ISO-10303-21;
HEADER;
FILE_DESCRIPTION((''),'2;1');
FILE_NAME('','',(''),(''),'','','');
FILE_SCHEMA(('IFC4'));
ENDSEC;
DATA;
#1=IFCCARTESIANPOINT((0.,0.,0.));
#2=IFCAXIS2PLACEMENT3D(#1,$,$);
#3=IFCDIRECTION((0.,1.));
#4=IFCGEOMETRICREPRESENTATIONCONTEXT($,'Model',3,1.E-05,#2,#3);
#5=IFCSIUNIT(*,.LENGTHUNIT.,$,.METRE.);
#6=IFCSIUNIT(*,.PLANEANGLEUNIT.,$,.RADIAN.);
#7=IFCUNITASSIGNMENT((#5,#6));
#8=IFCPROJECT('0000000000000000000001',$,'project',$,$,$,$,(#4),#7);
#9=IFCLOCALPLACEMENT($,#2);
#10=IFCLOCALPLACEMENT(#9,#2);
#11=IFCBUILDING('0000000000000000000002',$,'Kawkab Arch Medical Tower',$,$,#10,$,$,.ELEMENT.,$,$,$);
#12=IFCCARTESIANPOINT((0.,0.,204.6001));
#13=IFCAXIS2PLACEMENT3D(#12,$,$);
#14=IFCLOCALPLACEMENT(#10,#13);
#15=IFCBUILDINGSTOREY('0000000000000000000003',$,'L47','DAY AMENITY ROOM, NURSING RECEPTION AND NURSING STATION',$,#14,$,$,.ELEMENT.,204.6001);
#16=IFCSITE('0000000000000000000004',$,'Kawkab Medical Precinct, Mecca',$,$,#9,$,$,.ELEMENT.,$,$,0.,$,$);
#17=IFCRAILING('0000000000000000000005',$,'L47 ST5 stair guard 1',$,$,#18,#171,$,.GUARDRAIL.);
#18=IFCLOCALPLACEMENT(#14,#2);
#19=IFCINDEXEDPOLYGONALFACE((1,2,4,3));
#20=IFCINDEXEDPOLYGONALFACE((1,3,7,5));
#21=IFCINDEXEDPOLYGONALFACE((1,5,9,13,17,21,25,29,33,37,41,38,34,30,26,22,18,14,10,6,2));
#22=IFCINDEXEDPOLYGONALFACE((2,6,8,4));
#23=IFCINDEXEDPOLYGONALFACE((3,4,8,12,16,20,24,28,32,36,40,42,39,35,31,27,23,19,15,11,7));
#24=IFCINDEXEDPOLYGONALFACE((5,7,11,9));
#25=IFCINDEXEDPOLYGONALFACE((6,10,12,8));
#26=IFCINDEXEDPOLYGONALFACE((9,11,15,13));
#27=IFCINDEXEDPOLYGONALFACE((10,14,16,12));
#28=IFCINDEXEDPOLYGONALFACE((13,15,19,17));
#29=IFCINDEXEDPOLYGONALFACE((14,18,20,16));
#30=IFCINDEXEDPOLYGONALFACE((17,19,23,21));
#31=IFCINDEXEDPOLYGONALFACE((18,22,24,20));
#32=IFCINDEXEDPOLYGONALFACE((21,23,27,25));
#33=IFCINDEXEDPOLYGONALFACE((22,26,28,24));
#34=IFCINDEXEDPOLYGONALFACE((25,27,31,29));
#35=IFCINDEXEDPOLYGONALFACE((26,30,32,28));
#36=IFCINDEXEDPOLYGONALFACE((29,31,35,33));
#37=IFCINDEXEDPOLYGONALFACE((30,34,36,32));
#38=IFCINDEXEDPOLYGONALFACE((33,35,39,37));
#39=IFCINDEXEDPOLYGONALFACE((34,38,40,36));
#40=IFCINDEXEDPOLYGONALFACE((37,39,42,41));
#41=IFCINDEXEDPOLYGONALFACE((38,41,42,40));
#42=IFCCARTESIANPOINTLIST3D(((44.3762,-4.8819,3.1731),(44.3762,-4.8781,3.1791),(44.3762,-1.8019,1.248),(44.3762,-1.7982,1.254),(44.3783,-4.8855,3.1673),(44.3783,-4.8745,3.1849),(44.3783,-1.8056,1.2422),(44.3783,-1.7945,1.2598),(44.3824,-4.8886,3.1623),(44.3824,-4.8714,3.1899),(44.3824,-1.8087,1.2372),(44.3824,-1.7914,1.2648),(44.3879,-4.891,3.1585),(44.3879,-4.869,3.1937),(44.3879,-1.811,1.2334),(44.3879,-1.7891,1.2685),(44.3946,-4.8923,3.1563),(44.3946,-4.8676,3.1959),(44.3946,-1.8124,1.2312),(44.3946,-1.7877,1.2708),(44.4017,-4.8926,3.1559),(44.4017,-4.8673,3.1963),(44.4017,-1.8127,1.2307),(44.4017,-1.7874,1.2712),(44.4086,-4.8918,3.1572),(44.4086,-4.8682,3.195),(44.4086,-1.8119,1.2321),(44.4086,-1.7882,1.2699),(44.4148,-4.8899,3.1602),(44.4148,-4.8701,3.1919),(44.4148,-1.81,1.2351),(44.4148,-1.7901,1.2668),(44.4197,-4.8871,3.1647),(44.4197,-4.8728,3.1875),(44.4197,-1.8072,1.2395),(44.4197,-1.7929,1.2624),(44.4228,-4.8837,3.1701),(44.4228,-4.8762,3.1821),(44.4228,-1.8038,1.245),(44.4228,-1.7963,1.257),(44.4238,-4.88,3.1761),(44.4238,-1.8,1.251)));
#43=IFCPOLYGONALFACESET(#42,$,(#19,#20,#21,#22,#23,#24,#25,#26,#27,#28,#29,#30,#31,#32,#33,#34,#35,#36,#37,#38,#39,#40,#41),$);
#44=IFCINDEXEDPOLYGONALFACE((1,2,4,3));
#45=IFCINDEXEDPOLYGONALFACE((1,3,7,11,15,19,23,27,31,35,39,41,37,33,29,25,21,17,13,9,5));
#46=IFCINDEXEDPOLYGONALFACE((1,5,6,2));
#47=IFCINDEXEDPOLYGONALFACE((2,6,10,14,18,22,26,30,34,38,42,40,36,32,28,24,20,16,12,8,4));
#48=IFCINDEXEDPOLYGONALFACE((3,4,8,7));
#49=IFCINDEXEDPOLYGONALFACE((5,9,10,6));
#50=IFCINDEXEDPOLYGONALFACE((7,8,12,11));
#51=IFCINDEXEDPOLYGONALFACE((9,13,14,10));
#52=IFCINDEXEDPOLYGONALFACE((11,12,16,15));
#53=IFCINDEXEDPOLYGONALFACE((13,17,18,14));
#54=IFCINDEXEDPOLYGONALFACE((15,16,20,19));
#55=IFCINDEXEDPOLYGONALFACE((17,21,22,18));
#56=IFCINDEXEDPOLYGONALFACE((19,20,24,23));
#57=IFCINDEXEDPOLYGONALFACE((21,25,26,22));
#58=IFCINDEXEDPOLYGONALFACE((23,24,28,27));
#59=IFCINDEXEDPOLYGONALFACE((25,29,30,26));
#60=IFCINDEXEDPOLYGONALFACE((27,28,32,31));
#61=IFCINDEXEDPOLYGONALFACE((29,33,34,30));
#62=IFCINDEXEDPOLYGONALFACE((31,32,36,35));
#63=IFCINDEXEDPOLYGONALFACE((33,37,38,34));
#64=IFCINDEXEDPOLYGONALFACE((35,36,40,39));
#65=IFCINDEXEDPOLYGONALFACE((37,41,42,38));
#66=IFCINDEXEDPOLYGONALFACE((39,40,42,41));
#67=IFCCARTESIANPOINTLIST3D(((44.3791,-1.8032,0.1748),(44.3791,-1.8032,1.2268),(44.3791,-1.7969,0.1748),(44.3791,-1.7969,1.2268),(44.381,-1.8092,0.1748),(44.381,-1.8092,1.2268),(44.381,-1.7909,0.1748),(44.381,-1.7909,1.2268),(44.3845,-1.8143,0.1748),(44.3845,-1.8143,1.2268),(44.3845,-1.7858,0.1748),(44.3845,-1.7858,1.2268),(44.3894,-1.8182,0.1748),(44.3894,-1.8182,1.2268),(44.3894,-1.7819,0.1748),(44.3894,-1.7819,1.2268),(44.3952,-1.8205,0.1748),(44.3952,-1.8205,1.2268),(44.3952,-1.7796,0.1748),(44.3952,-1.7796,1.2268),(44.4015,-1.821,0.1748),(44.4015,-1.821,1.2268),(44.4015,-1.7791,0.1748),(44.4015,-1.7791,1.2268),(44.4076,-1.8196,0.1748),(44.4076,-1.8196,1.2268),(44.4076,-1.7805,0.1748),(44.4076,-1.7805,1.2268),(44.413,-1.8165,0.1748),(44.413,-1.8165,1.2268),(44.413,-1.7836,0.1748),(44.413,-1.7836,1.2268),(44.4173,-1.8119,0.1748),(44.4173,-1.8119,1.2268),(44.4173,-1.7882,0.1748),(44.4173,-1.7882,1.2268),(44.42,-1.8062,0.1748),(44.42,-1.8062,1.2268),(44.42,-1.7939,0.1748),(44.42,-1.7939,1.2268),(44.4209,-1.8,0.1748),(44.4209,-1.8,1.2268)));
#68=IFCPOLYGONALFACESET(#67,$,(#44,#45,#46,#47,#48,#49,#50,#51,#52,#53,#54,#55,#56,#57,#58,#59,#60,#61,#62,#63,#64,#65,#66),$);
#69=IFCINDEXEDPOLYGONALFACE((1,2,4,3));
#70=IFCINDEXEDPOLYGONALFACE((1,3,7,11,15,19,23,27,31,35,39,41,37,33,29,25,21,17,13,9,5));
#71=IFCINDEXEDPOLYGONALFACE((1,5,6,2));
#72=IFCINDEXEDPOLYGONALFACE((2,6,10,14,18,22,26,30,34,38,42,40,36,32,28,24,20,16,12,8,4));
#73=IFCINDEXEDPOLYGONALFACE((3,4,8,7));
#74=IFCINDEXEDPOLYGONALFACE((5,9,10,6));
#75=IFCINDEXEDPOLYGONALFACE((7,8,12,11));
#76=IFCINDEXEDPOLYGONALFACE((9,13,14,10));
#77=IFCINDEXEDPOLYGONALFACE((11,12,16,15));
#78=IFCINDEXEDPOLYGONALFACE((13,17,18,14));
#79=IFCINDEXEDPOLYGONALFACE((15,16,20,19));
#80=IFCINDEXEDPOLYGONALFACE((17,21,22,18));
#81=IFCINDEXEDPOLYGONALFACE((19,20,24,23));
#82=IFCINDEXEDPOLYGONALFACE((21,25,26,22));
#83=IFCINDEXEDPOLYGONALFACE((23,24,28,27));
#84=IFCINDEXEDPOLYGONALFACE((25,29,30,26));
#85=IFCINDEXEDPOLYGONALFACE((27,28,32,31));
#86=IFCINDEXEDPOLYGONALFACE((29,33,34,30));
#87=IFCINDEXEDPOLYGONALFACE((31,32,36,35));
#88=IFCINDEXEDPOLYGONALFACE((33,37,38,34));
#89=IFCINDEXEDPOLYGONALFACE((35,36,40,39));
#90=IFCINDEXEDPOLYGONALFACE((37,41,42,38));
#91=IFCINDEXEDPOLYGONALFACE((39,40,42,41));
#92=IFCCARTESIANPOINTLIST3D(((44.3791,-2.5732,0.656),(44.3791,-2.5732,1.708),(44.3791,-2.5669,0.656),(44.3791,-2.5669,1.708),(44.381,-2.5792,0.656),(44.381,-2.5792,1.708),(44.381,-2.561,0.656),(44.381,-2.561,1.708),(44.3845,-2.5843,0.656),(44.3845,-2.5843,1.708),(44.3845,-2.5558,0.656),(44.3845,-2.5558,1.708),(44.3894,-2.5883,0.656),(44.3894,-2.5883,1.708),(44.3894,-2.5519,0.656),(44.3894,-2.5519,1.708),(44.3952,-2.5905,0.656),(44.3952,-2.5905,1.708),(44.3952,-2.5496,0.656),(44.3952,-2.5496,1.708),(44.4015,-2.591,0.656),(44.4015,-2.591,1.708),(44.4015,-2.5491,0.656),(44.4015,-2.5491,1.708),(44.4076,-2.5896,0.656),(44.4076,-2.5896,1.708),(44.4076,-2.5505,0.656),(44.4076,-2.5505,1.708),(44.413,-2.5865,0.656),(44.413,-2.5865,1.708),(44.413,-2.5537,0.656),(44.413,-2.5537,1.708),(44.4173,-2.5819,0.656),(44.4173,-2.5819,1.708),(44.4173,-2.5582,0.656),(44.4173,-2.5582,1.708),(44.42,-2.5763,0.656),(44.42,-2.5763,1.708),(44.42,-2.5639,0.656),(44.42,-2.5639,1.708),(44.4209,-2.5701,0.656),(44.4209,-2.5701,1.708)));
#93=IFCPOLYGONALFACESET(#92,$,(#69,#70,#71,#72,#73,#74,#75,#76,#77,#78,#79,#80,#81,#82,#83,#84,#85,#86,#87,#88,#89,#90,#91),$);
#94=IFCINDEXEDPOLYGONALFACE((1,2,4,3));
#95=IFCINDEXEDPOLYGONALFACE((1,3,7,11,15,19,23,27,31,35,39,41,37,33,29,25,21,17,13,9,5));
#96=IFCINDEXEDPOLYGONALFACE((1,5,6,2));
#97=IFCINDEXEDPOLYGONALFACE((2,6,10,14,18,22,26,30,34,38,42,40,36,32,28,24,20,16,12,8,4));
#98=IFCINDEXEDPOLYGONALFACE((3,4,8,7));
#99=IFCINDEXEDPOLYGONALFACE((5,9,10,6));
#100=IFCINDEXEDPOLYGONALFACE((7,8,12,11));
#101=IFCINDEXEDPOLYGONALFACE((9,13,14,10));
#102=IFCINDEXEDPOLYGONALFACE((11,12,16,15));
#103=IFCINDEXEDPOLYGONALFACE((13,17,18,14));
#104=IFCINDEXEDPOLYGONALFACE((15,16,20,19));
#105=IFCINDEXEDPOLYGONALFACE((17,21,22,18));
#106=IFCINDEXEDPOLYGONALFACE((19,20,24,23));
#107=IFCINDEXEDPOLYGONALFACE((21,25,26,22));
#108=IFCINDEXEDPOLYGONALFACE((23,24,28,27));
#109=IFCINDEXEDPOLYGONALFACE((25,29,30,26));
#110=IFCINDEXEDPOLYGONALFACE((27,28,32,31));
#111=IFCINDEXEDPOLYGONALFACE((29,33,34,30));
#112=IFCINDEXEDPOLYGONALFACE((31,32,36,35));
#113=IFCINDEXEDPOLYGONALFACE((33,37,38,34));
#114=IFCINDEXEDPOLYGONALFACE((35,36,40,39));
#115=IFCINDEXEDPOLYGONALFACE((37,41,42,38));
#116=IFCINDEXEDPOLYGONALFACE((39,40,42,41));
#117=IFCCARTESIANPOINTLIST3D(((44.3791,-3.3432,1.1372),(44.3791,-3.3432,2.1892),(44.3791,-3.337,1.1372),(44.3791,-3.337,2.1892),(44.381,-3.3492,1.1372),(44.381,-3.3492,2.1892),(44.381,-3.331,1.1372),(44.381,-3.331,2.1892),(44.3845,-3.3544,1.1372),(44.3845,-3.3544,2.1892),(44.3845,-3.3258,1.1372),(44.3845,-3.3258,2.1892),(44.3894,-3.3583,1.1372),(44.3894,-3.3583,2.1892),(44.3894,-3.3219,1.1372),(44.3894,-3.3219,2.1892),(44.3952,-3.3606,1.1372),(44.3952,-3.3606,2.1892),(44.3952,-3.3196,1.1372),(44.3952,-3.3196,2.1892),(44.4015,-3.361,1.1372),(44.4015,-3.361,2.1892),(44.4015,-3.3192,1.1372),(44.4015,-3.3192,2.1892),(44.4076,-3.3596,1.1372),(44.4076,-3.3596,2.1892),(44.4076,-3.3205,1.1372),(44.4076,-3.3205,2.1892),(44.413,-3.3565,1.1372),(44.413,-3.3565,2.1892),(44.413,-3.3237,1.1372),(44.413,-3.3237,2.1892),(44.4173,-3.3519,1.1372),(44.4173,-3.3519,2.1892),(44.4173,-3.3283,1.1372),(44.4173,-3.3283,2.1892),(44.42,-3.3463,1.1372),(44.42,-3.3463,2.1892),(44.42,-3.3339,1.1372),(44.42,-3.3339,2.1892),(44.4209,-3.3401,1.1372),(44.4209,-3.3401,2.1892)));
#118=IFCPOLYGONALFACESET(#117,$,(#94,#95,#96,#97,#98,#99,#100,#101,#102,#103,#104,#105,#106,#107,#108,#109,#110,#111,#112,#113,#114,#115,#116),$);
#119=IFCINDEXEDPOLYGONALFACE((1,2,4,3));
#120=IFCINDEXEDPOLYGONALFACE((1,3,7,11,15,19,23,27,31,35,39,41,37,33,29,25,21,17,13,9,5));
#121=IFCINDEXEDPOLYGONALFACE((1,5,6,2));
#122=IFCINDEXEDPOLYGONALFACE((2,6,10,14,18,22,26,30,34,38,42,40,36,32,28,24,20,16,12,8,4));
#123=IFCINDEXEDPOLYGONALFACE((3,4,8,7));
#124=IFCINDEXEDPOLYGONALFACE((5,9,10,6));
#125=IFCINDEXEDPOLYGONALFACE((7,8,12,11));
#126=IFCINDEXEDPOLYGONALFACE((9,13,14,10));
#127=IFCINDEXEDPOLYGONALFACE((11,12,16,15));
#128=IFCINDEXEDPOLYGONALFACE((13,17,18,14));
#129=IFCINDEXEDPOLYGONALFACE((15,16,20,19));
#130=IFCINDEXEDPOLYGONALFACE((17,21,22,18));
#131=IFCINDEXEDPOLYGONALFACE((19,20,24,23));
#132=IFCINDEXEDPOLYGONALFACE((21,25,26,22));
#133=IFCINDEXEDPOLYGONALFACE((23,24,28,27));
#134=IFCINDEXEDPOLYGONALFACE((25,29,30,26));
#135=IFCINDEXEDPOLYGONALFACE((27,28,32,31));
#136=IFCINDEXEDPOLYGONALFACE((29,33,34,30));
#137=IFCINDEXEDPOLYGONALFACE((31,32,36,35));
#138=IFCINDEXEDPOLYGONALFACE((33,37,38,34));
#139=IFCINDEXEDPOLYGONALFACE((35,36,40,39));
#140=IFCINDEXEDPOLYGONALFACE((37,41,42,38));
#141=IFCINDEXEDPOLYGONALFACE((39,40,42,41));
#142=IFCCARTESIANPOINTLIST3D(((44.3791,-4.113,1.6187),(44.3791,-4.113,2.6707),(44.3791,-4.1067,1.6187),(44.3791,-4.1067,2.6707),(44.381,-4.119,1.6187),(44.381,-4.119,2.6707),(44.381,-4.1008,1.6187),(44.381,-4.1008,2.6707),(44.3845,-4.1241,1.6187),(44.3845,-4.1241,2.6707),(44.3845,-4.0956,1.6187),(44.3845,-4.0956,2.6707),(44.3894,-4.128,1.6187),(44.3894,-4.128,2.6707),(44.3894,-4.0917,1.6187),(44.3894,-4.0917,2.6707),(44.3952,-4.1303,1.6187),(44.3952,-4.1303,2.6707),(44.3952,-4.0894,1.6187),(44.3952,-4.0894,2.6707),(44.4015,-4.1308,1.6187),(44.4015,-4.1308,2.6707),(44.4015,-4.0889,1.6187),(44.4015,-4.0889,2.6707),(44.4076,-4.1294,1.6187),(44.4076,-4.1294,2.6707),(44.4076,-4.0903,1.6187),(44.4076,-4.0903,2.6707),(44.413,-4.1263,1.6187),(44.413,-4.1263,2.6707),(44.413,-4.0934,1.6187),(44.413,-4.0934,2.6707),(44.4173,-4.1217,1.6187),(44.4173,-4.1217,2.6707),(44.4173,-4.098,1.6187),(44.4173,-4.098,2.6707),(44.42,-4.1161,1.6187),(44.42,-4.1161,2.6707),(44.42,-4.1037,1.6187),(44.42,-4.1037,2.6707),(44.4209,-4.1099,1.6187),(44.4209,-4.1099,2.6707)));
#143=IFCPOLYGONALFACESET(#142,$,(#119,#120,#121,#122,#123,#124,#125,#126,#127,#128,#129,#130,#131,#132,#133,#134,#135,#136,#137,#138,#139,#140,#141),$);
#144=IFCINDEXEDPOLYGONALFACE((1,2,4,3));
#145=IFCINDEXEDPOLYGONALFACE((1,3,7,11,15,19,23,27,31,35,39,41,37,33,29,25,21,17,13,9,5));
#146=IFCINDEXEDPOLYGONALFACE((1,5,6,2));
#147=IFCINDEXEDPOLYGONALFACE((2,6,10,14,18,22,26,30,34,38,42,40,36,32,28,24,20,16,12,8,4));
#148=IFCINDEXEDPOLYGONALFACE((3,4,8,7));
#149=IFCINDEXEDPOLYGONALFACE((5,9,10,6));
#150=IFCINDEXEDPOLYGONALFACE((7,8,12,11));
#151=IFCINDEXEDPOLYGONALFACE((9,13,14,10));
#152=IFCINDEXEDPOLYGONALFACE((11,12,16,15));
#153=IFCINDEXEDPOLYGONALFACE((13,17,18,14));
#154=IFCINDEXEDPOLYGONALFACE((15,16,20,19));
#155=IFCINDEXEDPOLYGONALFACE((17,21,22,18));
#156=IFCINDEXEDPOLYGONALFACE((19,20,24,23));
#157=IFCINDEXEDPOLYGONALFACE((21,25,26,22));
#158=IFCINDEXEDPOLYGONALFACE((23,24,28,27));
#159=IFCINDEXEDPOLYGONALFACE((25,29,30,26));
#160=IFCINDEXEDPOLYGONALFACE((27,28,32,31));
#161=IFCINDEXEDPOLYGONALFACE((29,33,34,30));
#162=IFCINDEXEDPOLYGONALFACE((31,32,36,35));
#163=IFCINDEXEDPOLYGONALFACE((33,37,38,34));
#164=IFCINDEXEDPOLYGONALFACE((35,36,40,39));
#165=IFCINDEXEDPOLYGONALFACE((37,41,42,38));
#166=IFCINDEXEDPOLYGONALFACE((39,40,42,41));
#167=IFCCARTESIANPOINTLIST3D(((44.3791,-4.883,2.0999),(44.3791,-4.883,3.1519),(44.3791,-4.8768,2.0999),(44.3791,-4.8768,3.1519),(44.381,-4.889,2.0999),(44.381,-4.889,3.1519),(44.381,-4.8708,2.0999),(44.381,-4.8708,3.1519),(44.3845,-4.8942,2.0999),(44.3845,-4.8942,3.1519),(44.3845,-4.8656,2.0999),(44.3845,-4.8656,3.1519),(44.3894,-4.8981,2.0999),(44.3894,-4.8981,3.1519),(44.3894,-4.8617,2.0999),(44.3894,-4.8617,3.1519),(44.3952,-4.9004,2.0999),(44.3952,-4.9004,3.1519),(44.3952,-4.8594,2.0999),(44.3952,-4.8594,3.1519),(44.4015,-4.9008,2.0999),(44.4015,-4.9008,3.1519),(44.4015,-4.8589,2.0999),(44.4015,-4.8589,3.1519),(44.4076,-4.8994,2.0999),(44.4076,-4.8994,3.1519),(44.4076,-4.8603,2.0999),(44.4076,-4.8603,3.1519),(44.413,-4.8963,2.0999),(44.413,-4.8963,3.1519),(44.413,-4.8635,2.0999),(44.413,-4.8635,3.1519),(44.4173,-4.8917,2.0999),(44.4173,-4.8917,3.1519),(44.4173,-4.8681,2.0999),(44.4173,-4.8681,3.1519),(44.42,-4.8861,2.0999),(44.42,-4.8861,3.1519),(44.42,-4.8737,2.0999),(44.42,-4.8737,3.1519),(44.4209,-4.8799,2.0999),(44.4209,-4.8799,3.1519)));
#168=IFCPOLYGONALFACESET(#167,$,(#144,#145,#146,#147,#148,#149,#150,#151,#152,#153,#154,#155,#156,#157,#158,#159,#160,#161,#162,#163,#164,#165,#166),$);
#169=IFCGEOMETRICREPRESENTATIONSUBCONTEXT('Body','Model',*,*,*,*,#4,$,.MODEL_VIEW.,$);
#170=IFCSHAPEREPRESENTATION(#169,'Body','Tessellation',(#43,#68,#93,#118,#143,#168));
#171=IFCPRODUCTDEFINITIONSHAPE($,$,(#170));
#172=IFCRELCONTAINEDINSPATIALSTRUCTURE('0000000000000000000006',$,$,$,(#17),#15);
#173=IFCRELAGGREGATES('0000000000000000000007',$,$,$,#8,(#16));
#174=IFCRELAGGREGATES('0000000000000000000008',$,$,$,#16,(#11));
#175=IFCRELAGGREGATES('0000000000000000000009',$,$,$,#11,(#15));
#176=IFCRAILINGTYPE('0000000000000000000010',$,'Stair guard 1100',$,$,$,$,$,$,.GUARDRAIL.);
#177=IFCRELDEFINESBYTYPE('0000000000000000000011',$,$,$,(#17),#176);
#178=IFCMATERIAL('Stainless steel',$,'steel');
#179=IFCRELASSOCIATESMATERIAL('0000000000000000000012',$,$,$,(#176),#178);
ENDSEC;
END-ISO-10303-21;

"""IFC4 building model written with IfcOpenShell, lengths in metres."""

from ifc_helpers import new_model, si_unit, direction, frame, origin, origin_2d, place, context, subcontext, project, spatial, circle, extrude, material, type_object, element, save


model = new_model("IFC4")

# Units and contexts
model_context = context("Model", 3, precision=1e-05, world=origin(), true_north=direction((0.0, 1.0)))
body_context = subcontext(model_context, "Body", "Model", "MODEL_VIEW")
ifc_project = project(units=[si_unit("LENGTHUNIT", "METRE"), si_unit("PLANEANGLEUNIT", "RADIAN")], contexts=[model_context])

# Site, building, storey
site_placement = place(None, origin())
site = spatial("IfcSite", under=ifc_project, at=site_placement, Name="Kawkab Medical Precinct, Mecca", CompositionType="ELEMENT", RefElevation=0.0)
building_placement = place(site_placement, origin())
building = spatial("IfcBuilding", under=site, at=building_placement, Name="Kawkab Arch Medical Tower", CompositionType="ELEMENT")
storey_placement = place(building_placement, frame((0.0, 0.0, 204.6001)))
storey = spatial("IfcBuildingStorey", under=building, at=storey_placement, Name="L47", Description="DAY AMENITY ROOM, NURSING RECEPTION AND NURSING STATION", CompositionType="ELEMENT", Elevation=204.6001)

# Railing
ifc_material_1 = material(Name="Stainless steel", Category="steel")
railing_type = type_object("IfcRailingType", Name="Stair guard 1100", PredefinedType="GUARDRAIL", material=ifc_material_1)
railing_placement = place(storey_placement, frame((44.3999, -1.8, 0.1748)))
element("IfcRailing", 1, at=railing_placement, inside=storey, type_object=railing_type, Name="L47 ST5 stair guard 1", PredefinedType="GUARDRAIL", context=body_context, shape_type="SweptSolid", body=[
    extrude(circle(Radius=0.0239, at=origin_2d()), frame((0.0, 0.0, 1.0762), z_axis=(0.0, -0.847979, 0.530029), x_axis=(1.0, 0.0, 0.0)), (0.0, 0.0, 1.0), 3.6321),
    extrude(circle(Radius=0.021, at=origin_2d()), origin(), (0.0, 0.0, 1.0), 1.052),
    extrude(circle(Radius=0.021, at=origin_2d()), frame((0.0, -0.77, 0.4812)), (0.0, 0.0, 1.0), 1.052),
    extrude(circle(Radius=0.021, at=origin_2d()), frame((0.0, -1.54, 0.9624)), (0.0, 0.0, 1.0), 1.052),
    extrude(circle(Radius=0.021, at=origin_2d()), frame((0.0, -2.3098, 1.4438)), (0.0, 0.0, 1.0), 1.052),
    extrude(circle(Radius=0.021, at=origin_2d()), frame((0.0, -3.0798, 1.925)), (0.0, 0.0, 1.0), 1.052),
])

save(model, "model.ifc")
